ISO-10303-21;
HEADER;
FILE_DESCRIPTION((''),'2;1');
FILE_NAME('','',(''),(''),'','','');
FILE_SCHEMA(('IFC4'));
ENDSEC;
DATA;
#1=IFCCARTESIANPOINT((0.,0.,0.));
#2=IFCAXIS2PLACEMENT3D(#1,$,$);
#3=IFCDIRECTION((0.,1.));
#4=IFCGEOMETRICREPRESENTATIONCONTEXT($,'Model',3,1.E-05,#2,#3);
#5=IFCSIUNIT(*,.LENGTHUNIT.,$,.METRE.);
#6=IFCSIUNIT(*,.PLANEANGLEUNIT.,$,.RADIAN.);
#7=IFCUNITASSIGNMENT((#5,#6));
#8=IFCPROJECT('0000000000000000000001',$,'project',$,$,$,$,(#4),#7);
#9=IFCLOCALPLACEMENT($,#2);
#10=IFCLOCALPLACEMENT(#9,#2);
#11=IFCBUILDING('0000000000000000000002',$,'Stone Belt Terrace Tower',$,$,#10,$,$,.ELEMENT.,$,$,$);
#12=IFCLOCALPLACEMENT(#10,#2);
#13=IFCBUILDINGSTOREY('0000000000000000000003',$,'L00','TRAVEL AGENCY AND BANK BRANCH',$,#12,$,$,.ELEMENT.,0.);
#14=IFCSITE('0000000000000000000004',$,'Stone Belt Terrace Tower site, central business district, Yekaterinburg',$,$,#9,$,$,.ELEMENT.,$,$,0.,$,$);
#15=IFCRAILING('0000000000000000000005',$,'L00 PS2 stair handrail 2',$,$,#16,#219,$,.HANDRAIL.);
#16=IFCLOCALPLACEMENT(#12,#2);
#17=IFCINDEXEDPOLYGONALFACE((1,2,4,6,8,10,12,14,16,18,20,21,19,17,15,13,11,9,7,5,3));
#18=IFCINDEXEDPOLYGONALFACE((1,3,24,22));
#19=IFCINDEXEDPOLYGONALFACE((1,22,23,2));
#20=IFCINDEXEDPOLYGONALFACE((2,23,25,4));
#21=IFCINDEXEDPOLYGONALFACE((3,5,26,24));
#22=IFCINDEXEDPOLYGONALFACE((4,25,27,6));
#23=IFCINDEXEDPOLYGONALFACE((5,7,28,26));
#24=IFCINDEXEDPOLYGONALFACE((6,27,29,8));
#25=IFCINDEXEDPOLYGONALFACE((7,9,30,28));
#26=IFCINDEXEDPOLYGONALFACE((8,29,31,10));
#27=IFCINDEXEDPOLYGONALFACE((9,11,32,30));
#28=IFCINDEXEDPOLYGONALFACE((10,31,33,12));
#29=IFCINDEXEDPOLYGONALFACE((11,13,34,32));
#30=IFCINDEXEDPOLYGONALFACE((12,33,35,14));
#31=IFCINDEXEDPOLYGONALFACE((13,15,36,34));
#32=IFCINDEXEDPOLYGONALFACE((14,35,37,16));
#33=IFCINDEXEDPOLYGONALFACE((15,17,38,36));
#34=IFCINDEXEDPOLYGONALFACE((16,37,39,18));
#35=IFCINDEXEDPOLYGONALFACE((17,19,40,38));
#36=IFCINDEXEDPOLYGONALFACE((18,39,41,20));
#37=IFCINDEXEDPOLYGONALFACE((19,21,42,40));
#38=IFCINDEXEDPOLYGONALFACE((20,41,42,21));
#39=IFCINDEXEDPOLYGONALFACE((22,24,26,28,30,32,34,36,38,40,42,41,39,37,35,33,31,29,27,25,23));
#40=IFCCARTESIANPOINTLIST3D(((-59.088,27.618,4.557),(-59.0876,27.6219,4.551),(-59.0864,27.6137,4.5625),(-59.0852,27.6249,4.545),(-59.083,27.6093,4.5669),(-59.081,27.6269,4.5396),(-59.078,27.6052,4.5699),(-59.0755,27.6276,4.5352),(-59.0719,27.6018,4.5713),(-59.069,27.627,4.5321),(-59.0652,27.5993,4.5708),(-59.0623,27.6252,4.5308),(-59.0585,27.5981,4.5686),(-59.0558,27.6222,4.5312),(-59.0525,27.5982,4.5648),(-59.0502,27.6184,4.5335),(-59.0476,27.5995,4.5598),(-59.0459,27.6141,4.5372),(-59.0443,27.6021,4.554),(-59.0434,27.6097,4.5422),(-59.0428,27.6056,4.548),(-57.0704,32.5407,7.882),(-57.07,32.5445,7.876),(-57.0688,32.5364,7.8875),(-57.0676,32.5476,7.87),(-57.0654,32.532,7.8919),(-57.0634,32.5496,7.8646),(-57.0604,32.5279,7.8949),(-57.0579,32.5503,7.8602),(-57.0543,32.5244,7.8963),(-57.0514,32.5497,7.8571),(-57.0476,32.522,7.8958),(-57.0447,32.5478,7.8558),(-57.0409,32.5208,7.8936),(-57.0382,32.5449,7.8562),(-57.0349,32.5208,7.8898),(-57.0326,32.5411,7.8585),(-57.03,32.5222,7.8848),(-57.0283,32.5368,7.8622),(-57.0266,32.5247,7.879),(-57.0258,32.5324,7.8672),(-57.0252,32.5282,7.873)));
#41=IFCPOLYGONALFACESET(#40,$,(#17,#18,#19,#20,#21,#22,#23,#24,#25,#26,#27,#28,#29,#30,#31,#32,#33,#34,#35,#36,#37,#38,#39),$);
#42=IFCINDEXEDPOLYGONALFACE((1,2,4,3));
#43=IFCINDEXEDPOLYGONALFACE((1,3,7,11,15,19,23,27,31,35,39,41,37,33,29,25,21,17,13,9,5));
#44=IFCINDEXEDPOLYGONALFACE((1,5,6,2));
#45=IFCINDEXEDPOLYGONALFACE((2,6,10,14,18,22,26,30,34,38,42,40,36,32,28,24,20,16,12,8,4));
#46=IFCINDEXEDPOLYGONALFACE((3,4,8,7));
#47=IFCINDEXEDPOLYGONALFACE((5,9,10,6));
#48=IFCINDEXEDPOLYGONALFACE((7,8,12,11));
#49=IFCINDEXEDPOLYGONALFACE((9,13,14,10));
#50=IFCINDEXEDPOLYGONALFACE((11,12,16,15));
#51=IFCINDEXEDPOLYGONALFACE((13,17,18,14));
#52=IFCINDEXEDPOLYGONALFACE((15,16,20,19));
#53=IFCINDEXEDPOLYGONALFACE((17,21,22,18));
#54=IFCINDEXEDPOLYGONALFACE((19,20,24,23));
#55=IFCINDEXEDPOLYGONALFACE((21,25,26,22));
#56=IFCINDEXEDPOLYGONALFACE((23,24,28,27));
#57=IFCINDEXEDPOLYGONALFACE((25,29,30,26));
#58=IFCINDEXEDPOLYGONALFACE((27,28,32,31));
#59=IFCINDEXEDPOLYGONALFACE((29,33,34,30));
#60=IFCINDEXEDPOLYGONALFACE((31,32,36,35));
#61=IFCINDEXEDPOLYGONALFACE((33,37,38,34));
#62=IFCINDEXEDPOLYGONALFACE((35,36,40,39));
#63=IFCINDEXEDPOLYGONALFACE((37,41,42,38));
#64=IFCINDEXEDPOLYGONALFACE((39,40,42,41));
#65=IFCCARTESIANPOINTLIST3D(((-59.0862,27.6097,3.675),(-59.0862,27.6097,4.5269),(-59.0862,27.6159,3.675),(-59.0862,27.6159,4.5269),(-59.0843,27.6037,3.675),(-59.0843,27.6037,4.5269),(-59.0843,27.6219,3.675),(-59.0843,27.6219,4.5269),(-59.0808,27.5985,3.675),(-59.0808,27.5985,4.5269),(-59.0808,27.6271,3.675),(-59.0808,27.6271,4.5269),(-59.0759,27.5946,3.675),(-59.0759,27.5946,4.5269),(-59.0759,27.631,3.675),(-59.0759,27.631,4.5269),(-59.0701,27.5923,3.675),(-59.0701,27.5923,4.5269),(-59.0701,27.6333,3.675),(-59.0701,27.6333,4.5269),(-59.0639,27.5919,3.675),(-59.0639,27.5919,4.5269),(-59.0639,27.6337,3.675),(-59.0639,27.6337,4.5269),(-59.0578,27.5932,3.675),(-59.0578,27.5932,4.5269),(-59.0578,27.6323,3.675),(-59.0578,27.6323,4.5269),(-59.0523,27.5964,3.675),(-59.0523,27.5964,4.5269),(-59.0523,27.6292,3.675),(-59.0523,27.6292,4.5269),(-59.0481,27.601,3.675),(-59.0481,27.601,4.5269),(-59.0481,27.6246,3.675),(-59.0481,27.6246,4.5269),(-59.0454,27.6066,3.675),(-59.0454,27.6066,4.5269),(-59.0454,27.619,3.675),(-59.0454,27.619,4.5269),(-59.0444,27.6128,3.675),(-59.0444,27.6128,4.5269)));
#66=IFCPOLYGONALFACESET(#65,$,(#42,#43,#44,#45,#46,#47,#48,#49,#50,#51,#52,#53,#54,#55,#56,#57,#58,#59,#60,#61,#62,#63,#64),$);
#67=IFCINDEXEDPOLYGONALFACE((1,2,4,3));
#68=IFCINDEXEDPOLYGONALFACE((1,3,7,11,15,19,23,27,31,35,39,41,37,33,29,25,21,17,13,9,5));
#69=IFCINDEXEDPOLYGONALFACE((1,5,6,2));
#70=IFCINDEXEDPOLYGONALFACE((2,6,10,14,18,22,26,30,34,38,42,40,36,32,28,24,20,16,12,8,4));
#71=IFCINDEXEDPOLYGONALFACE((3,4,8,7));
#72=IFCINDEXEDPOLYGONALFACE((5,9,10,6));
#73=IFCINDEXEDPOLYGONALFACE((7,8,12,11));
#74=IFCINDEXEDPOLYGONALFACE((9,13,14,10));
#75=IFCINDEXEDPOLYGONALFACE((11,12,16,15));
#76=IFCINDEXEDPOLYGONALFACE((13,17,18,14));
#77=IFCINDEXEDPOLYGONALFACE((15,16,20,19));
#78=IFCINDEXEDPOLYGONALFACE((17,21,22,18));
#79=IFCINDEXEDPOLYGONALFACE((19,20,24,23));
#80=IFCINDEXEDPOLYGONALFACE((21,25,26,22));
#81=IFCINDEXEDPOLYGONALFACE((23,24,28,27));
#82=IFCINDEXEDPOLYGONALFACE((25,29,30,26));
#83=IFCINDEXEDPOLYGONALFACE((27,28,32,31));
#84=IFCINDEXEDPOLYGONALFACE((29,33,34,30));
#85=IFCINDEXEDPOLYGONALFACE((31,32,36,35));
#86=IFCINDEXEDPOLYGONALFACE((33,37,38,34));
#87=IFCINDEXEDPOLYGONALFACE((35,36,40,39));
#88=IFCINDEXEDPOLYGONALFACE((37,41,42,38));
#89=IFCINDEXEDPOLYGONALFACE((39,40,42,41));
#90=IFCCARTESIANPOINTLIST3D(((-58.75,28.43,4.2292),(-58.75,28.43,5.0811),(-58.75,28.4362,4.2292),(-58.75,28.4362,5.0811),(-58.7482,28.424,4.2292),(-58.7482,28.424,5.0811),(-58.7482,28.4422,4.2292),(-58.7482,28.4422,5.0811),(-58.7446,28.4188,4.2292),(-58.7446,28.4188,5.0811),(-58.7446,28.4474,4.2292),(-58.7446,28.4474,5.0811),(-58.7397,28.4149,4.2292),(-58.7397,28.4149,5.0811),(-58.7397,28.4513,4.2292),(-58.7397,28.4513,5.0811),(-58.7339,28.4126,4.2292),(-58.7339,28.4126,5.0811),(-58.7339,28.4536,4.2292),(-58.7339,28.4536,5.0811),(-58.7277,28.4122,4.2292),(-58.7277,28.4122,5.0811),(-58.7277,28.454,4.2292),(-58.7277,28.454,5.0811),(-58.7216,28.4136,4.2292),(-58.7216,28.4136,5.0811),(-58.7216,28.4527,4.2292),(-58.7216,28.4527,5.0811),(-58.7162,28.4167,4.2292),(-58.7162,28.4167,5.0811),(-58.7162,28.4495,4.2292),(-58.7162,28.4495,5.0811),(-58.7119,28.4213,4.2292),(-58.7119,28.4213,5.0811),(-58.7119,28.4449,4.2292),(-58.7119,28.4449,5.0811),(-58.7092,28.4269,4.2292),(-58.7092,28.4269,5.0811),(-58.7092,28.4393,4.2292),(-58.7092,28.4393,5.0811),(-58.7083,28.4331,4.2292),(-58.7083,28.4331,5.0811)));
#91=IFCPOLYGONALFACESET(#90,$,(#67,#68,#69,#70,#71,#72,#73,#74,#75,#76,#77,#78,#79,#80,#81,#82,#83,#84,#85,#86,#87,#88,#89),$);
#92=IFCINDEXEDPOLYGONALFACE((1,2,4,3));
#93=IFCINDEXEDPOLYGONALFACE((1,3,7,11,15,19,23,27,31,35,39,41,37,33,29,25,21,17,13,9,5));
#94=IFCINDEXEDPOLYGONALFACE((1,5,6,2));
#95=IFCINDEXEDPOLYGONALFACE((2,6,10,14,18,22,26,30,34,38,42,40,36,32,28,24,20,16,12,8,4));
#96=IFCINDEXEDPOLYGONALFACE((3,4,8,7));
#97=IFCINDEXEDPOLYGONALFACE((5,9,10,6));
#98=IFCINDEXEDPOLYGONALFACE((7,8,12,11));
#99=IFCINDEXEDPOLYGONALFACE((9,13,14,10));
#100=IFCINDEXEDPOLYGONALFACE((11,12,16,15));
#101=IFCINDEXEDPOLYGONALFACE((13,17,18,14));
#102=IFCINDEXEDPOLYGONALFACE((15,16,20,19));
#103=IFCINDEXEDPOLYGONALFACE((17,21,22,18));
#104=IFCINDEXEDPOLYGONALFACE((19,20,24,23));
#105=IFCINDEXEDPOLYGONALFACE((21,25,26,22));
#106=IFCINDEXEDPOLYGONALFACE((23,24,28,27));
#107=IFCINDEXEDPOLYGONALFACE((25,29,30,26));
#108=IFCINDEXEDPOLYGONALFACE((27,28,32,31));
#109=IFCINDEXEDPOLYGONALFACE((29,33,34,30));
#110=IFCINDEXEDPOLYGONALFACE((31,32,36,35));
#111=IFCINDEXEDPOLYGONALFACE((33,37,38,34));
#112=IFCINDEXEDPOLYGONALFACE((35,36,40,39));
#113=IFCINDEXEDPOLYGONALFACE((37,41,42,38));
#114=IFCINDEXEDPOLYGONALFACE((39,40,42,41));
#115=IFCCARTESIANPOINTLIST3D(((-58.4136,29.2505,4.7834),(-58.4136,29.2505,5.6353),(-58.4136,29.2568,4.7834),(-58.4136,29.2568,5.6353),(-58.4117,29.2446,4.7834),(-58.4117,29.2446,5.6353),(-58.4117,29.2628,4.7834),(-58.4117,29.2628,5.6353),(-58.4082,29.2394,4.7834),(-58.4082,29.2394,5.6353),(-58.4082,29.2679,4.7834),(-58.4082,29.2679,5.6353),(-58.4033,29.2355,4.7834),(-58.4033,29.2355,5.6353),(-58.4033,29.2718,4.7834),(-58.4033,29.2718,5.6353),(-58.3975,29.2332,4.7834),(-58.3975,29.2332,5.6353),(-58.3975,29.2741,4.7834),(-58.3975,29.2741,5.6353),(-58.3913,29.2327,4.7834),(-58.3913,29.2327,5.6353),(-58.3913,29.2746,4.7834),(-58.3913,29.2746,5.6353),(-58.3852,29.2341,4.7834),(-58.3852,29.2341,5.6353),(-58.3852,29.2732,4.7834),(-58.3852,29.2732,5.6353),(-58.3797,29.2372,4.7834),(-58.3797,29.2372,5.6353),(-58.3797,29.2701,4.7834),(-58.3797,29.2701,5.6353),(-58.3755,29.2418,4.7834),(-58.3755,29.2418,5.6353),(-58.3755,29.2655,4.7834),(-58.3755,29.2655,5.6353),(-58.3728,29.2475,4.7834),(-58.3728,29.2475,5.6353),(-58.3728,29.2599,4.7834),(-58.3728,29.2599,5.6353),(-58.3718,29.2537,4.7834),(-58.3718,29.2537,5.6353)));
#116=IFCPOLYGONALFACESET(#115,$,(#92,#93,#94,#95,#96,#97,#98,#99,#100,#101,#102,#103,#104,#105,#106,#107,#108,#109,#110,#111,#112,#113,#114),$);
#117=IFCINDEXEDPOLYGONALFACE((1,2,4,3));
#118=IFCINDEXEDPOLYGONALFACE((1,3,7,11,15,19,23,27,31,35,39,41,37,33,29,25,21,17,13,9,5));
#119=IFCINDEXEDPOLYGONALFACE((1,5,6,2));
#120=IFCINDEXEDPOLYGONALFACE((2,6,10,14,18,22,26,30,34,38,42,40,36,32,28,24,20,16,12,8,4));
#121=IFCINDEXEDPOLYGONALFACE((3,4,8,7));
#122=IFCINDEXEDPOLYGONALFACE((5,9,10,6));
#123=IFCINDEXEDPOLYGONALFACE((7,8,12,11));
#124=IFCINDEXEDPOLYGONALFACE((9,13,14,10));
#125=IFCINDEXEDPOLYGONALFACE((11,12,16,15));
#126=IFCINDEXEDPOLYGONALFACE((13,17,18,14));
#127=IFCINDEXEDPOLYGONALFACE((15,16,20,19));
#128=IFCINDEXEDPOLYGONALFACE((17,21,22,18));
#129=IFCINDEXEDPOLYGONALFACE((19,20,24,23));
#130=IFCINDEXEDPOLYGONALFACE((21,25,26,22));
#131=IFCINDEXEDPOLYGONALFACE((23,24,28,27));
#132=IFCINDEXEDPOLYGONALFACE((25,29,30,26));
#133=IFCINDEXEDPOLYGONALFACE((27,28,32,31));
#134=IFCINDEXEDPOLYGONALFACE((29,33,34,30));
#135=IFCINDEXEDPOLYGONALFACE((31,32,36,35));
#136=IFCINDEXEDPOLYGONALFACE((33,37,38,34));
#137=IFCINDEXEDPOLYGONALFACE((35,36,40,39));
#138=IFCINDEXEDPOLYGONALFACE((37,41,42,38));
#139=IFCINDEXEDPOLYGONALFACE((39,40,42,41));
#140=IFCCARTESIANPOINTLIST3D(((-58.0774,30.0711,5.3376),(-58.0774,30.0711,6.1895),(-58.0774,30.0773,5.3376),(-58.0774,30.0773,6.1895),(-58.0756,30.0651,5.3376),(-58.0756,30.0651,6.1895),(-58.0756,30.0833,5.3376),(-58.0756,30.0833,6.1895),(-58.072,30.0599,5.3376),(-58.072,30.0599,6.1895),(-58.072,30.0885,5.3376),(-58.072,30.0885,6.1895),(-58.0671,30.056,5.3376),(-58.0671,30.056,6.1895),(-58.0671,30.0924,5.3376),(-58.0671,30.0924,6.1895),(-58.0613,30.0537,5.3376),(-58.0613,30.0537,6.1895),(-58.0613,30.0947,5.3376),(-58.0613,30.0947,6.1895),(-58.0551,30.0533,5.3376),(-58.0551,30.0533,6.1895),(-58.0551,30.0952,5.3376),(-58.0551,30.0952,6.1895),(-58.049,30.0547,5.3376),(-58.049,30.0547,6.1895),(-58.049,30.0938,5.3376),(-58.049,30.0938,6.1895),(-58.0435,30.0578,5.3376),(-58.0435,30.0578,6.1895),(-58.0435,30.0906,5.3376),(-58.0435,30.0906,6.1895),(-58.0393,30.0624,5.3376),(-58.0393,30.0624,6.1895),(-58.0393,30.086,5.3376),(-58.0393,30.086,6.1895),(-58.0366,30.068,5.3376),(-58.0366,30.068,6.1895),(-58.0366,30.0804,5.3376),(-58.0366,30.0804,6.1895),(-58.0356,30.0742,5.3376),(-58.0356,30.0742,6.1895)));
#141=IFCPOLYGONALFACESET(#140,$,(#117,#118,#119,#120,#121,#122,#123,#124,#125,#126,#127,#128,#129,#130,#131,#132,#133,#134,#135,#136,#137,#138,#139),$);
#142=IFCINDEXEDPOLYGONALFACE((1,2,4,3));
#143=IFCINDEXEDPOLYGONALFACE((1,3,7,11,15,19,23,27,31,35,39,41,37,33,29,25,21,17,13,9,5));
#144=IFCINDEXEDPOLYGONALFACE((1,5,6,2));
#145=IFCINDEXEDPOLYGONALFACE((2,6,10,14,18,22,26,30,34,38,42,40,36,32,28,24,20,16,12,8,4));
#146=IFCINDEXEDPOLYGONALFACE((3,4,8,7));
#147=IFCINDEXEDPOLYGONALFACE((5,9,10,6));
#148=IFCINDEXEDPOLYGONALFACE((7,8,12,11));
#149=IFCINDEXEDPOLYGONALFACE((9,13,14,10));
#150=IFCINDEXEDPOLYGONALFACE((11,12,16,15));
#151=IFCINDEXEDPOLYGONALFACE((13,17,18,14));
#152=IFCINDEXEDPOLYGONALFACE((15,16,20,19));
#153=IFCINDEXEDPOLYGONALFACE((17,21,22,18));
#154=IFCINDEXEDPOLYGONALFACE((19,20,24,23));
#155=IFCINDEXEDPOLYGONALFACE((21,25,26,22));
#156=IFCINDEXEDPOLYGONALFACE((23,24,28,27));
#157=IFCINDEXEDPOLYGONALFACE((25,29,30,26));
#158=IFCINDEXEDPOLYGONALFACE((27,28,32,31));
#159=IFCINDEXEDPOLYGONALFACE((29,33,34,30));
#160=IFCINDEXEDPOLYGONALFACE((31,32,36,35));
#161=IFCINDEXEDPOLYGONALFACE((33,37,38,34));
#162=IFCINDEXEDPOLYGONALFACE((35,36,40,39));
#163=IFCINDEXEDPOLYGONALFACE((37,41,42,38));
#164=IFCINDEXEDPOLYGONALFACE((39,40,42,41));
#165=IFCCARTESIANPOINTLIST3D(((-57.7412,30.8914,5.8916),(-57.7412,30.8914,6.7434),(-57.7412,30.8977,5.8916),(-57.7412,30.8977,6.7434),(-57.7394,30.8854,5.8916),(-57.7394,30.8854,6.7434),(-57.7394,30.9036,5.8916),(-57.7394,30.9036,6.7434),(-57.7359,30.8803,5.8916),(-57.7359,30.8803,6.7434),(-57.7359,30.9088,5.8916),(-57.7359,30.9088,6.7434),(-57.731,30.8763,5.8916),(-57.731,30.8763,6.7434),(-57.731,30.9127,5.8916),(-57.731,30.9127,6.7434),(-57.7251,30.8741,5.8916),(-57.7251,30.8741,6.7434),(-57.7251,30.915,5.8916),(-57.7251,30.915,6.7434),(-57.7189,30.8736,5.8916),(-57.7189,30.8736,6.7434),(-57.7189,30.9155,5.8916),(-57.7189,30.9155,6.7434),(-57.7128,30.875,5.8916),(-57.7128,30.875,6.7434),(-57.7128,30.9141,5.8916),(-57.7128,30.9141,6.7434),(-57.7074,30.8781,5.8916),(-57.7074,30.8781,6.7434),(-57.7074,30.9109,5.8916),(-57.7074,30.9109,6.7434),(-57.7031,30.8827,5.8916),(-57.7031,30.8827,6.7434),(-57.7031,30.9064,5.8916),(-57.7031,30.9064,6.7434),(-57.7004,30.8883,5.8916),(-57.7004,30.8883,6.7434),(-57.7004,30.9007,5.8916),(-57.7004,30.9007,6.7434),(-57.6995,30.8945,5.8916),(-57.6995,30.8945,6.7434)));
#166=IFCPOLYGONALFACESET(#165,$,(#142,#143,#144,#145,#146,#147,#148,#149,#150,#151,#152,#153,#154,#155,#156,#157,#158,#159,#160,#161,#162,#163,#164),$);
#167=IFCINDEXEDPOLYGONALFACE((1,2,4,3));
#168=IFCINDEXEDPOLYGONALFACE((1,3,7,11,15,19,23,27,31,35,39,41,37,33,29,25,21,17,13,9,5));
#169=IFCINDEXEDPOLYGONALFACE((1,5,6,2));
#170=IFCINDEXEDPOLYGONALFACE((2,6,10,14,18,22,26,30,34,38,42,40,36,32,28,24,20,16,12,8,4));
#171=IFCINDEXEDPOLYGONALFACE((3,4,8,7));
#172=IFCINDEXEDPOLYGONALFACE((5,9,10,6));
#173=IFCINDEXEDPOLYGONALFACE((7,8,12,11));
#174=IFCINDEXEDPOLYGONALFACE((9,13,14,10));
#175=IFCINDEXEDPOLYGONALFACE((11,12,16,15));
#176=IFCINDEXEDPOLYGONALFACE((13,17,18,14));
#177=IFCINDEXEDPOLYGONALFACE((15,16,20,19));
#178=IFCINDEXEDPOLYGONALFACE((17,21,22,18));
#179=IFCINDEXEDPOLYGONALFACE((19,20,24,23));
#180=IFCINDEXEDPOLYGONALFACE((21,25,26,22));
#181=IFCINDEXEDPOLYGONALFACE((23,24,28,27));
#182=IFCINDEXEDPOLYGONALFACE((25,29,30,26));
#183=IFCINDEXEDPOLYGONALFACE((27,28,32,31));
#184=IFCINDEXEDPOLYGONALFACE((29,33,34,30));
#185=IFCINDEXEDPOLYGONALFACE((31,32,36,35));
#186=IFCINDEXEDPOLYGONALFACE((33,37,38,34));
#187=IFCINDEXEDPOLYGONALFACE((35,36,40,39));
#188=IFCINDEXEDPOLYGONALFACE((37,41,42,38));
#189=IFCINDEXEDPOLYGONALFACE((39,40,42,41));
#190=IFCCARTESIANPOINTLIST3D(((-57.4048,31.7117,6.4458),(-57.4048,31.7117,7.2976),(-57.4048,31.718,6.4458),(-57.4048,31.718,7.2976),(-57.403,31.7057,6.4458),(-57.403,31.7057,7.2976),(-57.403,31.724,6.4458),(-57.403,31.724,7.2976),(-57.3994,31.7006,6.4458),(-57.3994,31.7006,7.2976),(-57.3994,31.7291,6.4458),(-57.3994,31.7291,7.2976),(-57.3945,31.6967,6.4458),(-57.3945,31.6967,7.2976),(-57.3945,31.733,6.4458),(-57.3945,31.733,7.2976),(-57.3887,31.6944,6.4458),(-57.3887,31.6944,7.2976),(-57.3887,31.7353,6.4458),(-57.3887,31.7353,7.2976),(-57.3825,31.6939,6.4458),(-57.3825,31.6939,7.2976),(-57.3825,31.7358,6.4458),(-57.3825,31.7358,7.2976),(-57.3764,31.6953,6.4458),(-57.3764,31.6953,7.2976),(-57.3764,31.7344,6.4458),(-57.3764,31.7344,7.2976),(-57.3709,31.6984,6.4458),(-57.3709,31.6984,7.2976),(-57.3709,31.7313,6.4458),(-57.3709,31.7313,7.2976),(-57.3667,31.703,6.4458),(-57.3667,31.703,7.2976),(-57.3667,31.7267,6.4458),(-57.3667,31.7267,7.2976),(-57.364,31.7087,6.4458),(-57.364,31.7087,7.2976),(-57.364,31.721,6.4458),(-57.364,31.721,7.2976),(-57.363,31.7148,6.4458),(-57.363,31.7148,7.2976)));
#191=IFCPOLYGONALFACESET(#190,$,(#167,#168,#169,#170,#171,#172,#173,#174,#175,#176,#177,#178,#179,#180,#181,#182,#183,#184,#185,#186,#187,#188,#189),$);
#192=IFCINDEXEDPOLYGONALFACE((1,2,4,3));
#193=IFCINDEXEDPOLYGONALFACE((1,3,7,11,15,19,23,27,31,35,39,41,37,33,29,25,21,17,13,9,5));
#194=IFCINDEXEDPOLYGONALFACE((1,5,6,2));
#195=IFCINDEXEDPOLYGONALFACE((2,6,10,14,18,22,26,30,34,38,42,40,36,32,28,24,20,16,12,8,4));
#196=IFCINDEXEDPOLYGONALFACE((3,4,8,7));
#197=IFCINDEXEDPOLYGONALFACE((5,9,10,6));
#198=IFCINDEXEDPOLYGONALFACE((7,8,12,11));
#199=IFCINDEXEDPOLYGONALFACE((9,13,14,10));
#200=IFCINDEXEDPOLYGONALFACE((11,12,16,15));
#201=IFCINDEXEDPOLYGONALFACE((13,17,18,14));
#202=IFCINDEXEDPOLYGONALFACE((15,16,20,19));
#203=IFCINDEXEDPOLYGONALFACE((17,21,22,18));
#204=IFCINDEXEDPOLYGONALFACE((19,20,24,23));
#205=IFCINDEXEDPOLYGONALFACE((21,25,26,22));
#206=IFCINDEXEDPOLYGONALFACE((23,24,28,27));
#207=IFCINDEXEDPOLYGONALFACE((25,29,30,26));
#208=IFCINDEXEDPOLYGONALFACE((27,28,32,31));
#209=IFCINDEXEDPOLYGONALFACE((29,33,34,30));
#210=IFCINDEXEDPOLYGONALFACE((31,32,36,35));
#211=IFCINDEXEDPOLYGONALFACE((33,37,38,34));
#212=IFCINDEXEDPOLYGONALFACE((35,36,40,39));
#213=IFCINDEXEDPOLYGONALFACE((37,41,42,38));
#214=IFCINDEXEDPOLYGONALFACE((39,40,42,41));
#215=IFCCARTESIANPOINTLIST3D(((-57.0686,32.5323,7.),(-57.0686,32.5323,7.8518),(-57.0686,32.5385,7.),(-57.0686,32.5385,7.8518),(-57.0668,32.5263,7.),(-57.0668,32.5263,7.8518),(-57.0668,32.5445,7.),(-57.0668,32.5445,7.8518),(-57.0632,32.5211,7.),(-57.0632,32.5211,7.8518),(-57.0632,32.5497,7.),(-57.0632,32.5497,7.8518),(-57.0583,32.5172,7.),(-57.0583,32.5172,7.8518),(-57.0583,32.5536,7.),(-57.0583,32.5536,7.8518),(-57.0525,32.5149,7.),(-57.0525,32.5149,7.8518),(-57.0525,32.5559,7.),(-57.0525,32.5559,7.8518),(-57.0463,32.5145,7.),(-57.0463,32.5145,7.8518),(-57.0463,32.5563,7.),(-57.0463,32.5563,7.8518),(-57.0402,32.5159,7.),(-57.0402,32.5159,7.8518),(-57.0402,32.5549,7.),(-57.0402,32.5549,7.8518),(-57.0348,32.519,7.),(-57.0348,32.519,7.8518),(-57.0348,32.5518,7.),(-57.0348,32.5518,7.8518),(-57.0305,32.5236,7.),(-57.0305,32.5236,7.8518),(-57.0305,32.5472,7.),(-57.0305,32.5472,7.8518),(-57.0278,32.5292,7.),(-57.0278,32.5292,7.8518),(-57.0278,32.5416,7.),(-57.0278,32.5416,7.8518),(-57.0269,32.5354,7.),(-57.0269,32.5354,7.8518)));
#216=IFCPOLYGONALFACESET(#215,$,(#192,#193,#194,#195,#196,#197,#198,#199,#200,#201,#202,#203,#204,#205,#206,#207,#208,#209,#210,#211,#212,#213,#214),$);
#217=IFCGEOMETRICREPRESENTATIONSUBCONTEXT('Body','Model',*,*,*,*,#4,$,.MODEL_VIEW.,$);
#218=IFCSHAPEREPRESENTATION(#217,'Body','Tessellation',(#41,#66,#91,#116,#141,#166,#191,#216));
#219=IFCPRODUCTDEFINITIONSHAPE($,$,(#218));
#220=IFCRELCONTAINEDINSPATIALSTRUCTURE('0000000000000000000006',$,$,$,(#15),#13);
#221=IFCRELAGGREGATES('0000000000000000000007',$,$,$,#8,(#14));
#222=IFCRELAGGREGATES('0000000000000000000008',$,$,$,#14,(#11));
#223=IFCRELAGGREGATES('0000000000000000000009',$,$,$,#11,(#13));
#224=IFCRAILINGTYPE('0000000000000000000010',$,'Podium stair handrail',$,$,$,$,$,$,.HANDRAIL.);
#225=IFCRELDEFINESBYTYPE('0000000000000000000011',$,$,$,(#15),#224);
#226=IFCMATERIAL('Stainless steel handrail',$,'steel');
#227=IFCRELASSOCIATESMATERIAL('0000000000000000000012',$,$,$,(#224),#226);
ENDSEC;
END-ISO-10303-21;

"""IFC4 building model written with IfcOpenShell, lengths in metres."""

from ifc_helpers import new_model, si_unit, direction, frame, origin, origin_2d, place, context, subcontext, project, spatial, circle, extrude, material, type_object, element, save


model = new_model("IFC4")

# Units and contexts
model_context = context("Model", 3, precision=1e-05, world=origin(), true_north=direction((0.0, 1.0)))
body_context = subcontext(model_context, "Body", "Model", "MODEL_VIEW")
ifc_project = project(units=[si_unit("LENGTHUNIT", "METRE"), si_unit("PLANEANGLEUNIT", "RADIAN")], contexts=[model_context])

# Site, building, storey
site_placement = place(None, origin())
site = spatial("IfcSite", under=ifc_project, at=site_placement, Name="Stone Belt Terrace Tower site, central business district, Yekaterinburg", CompositionType="ELEMENT", RefElevation=0.0)
building_placement = place(site_placement, origin())
building = spatial("IfcBuilding", under=site, at=building_placement, Name="Stone Belt Terrace Tower", CompositionType="ELEMENT")
storey_placement = place(building_placement, origin())
storey = spatial("IfcBuildingStorey", under=building, at=storey_placement, Name="L00", Description="TRAVEL AGENCY AND BANK BRANCH", CompositionType="ELEMENT", Elevation=0.0)

# Railing
ifc_material_1 = material(Name="Stainless steel handrail", Category="steel")
railing_type_1 = type_object("IfcRailingType", Name="Podium stair handrail", PredefinedType="HANDRAIL", material=ifc_material_1)
railing_1_placement = place(storey_placement, frame((-59.0654, 27.6128, 3.675)))
element("IfcRailing", 1, at=railing_1_placement, inside=storey, type_object=railing_type_1, Name="L00 PS2 stair handrail 2", PredefinedType="HANDRAIL", context=body_context, shape_type="SweptSolid", body=[
    extrude(circle(Radius=0.0239, at=origin_2d()), frame((0.0, 0.0, 0.876), z_axis=(0.321598, 0.784655, 0.529991), x_axis=(-0.925297, 0.379242, 0.0)), (0.0, 0.0, 1.0), 6.2737),
    extrude(circle(Radius=0.021, at=origin_2d()), origin(), (0.0, 0.0, 1.0), 0.8518),
    extrude(circle(Radius=0.021, at=origin_2d()), frame((0.3362, 0.8203, 0.5542)), (0.0, 0.0, 1.0), 0.8518),
    extrude(circle(Radius=0.021, at=origin_2d()), frame((0.6726, 1.6409, 1.1084)), (0.0, 0.0, 1.0), 0.8518),
    extrude(circle(Radius=0.021, at=origin_2d()), frame((1.0088, 2.4614, 1.6626)), (0.0, 0.0, 1.0), 0.8518),
    extrude(circle(Radius=0.021, at=origin_2d()), frame((1.345, 3.2817, 2.2166)), (0.0, 0.0, 1.0), 0.8518),
    extrude(circle(Radius=0.021, at=origin_2d()), frame((1.6814, 4.1021, 2.7708)), (0.0, 0.0, 1.0), 0.8518),
    extrude(circle(Radius=0.021, at=origin_2d()), frame((2.0176, 4.9226, 3.325)), (0.0, 0.0, 1.0), 0.8518),
])

save(model, "model.ifc")
